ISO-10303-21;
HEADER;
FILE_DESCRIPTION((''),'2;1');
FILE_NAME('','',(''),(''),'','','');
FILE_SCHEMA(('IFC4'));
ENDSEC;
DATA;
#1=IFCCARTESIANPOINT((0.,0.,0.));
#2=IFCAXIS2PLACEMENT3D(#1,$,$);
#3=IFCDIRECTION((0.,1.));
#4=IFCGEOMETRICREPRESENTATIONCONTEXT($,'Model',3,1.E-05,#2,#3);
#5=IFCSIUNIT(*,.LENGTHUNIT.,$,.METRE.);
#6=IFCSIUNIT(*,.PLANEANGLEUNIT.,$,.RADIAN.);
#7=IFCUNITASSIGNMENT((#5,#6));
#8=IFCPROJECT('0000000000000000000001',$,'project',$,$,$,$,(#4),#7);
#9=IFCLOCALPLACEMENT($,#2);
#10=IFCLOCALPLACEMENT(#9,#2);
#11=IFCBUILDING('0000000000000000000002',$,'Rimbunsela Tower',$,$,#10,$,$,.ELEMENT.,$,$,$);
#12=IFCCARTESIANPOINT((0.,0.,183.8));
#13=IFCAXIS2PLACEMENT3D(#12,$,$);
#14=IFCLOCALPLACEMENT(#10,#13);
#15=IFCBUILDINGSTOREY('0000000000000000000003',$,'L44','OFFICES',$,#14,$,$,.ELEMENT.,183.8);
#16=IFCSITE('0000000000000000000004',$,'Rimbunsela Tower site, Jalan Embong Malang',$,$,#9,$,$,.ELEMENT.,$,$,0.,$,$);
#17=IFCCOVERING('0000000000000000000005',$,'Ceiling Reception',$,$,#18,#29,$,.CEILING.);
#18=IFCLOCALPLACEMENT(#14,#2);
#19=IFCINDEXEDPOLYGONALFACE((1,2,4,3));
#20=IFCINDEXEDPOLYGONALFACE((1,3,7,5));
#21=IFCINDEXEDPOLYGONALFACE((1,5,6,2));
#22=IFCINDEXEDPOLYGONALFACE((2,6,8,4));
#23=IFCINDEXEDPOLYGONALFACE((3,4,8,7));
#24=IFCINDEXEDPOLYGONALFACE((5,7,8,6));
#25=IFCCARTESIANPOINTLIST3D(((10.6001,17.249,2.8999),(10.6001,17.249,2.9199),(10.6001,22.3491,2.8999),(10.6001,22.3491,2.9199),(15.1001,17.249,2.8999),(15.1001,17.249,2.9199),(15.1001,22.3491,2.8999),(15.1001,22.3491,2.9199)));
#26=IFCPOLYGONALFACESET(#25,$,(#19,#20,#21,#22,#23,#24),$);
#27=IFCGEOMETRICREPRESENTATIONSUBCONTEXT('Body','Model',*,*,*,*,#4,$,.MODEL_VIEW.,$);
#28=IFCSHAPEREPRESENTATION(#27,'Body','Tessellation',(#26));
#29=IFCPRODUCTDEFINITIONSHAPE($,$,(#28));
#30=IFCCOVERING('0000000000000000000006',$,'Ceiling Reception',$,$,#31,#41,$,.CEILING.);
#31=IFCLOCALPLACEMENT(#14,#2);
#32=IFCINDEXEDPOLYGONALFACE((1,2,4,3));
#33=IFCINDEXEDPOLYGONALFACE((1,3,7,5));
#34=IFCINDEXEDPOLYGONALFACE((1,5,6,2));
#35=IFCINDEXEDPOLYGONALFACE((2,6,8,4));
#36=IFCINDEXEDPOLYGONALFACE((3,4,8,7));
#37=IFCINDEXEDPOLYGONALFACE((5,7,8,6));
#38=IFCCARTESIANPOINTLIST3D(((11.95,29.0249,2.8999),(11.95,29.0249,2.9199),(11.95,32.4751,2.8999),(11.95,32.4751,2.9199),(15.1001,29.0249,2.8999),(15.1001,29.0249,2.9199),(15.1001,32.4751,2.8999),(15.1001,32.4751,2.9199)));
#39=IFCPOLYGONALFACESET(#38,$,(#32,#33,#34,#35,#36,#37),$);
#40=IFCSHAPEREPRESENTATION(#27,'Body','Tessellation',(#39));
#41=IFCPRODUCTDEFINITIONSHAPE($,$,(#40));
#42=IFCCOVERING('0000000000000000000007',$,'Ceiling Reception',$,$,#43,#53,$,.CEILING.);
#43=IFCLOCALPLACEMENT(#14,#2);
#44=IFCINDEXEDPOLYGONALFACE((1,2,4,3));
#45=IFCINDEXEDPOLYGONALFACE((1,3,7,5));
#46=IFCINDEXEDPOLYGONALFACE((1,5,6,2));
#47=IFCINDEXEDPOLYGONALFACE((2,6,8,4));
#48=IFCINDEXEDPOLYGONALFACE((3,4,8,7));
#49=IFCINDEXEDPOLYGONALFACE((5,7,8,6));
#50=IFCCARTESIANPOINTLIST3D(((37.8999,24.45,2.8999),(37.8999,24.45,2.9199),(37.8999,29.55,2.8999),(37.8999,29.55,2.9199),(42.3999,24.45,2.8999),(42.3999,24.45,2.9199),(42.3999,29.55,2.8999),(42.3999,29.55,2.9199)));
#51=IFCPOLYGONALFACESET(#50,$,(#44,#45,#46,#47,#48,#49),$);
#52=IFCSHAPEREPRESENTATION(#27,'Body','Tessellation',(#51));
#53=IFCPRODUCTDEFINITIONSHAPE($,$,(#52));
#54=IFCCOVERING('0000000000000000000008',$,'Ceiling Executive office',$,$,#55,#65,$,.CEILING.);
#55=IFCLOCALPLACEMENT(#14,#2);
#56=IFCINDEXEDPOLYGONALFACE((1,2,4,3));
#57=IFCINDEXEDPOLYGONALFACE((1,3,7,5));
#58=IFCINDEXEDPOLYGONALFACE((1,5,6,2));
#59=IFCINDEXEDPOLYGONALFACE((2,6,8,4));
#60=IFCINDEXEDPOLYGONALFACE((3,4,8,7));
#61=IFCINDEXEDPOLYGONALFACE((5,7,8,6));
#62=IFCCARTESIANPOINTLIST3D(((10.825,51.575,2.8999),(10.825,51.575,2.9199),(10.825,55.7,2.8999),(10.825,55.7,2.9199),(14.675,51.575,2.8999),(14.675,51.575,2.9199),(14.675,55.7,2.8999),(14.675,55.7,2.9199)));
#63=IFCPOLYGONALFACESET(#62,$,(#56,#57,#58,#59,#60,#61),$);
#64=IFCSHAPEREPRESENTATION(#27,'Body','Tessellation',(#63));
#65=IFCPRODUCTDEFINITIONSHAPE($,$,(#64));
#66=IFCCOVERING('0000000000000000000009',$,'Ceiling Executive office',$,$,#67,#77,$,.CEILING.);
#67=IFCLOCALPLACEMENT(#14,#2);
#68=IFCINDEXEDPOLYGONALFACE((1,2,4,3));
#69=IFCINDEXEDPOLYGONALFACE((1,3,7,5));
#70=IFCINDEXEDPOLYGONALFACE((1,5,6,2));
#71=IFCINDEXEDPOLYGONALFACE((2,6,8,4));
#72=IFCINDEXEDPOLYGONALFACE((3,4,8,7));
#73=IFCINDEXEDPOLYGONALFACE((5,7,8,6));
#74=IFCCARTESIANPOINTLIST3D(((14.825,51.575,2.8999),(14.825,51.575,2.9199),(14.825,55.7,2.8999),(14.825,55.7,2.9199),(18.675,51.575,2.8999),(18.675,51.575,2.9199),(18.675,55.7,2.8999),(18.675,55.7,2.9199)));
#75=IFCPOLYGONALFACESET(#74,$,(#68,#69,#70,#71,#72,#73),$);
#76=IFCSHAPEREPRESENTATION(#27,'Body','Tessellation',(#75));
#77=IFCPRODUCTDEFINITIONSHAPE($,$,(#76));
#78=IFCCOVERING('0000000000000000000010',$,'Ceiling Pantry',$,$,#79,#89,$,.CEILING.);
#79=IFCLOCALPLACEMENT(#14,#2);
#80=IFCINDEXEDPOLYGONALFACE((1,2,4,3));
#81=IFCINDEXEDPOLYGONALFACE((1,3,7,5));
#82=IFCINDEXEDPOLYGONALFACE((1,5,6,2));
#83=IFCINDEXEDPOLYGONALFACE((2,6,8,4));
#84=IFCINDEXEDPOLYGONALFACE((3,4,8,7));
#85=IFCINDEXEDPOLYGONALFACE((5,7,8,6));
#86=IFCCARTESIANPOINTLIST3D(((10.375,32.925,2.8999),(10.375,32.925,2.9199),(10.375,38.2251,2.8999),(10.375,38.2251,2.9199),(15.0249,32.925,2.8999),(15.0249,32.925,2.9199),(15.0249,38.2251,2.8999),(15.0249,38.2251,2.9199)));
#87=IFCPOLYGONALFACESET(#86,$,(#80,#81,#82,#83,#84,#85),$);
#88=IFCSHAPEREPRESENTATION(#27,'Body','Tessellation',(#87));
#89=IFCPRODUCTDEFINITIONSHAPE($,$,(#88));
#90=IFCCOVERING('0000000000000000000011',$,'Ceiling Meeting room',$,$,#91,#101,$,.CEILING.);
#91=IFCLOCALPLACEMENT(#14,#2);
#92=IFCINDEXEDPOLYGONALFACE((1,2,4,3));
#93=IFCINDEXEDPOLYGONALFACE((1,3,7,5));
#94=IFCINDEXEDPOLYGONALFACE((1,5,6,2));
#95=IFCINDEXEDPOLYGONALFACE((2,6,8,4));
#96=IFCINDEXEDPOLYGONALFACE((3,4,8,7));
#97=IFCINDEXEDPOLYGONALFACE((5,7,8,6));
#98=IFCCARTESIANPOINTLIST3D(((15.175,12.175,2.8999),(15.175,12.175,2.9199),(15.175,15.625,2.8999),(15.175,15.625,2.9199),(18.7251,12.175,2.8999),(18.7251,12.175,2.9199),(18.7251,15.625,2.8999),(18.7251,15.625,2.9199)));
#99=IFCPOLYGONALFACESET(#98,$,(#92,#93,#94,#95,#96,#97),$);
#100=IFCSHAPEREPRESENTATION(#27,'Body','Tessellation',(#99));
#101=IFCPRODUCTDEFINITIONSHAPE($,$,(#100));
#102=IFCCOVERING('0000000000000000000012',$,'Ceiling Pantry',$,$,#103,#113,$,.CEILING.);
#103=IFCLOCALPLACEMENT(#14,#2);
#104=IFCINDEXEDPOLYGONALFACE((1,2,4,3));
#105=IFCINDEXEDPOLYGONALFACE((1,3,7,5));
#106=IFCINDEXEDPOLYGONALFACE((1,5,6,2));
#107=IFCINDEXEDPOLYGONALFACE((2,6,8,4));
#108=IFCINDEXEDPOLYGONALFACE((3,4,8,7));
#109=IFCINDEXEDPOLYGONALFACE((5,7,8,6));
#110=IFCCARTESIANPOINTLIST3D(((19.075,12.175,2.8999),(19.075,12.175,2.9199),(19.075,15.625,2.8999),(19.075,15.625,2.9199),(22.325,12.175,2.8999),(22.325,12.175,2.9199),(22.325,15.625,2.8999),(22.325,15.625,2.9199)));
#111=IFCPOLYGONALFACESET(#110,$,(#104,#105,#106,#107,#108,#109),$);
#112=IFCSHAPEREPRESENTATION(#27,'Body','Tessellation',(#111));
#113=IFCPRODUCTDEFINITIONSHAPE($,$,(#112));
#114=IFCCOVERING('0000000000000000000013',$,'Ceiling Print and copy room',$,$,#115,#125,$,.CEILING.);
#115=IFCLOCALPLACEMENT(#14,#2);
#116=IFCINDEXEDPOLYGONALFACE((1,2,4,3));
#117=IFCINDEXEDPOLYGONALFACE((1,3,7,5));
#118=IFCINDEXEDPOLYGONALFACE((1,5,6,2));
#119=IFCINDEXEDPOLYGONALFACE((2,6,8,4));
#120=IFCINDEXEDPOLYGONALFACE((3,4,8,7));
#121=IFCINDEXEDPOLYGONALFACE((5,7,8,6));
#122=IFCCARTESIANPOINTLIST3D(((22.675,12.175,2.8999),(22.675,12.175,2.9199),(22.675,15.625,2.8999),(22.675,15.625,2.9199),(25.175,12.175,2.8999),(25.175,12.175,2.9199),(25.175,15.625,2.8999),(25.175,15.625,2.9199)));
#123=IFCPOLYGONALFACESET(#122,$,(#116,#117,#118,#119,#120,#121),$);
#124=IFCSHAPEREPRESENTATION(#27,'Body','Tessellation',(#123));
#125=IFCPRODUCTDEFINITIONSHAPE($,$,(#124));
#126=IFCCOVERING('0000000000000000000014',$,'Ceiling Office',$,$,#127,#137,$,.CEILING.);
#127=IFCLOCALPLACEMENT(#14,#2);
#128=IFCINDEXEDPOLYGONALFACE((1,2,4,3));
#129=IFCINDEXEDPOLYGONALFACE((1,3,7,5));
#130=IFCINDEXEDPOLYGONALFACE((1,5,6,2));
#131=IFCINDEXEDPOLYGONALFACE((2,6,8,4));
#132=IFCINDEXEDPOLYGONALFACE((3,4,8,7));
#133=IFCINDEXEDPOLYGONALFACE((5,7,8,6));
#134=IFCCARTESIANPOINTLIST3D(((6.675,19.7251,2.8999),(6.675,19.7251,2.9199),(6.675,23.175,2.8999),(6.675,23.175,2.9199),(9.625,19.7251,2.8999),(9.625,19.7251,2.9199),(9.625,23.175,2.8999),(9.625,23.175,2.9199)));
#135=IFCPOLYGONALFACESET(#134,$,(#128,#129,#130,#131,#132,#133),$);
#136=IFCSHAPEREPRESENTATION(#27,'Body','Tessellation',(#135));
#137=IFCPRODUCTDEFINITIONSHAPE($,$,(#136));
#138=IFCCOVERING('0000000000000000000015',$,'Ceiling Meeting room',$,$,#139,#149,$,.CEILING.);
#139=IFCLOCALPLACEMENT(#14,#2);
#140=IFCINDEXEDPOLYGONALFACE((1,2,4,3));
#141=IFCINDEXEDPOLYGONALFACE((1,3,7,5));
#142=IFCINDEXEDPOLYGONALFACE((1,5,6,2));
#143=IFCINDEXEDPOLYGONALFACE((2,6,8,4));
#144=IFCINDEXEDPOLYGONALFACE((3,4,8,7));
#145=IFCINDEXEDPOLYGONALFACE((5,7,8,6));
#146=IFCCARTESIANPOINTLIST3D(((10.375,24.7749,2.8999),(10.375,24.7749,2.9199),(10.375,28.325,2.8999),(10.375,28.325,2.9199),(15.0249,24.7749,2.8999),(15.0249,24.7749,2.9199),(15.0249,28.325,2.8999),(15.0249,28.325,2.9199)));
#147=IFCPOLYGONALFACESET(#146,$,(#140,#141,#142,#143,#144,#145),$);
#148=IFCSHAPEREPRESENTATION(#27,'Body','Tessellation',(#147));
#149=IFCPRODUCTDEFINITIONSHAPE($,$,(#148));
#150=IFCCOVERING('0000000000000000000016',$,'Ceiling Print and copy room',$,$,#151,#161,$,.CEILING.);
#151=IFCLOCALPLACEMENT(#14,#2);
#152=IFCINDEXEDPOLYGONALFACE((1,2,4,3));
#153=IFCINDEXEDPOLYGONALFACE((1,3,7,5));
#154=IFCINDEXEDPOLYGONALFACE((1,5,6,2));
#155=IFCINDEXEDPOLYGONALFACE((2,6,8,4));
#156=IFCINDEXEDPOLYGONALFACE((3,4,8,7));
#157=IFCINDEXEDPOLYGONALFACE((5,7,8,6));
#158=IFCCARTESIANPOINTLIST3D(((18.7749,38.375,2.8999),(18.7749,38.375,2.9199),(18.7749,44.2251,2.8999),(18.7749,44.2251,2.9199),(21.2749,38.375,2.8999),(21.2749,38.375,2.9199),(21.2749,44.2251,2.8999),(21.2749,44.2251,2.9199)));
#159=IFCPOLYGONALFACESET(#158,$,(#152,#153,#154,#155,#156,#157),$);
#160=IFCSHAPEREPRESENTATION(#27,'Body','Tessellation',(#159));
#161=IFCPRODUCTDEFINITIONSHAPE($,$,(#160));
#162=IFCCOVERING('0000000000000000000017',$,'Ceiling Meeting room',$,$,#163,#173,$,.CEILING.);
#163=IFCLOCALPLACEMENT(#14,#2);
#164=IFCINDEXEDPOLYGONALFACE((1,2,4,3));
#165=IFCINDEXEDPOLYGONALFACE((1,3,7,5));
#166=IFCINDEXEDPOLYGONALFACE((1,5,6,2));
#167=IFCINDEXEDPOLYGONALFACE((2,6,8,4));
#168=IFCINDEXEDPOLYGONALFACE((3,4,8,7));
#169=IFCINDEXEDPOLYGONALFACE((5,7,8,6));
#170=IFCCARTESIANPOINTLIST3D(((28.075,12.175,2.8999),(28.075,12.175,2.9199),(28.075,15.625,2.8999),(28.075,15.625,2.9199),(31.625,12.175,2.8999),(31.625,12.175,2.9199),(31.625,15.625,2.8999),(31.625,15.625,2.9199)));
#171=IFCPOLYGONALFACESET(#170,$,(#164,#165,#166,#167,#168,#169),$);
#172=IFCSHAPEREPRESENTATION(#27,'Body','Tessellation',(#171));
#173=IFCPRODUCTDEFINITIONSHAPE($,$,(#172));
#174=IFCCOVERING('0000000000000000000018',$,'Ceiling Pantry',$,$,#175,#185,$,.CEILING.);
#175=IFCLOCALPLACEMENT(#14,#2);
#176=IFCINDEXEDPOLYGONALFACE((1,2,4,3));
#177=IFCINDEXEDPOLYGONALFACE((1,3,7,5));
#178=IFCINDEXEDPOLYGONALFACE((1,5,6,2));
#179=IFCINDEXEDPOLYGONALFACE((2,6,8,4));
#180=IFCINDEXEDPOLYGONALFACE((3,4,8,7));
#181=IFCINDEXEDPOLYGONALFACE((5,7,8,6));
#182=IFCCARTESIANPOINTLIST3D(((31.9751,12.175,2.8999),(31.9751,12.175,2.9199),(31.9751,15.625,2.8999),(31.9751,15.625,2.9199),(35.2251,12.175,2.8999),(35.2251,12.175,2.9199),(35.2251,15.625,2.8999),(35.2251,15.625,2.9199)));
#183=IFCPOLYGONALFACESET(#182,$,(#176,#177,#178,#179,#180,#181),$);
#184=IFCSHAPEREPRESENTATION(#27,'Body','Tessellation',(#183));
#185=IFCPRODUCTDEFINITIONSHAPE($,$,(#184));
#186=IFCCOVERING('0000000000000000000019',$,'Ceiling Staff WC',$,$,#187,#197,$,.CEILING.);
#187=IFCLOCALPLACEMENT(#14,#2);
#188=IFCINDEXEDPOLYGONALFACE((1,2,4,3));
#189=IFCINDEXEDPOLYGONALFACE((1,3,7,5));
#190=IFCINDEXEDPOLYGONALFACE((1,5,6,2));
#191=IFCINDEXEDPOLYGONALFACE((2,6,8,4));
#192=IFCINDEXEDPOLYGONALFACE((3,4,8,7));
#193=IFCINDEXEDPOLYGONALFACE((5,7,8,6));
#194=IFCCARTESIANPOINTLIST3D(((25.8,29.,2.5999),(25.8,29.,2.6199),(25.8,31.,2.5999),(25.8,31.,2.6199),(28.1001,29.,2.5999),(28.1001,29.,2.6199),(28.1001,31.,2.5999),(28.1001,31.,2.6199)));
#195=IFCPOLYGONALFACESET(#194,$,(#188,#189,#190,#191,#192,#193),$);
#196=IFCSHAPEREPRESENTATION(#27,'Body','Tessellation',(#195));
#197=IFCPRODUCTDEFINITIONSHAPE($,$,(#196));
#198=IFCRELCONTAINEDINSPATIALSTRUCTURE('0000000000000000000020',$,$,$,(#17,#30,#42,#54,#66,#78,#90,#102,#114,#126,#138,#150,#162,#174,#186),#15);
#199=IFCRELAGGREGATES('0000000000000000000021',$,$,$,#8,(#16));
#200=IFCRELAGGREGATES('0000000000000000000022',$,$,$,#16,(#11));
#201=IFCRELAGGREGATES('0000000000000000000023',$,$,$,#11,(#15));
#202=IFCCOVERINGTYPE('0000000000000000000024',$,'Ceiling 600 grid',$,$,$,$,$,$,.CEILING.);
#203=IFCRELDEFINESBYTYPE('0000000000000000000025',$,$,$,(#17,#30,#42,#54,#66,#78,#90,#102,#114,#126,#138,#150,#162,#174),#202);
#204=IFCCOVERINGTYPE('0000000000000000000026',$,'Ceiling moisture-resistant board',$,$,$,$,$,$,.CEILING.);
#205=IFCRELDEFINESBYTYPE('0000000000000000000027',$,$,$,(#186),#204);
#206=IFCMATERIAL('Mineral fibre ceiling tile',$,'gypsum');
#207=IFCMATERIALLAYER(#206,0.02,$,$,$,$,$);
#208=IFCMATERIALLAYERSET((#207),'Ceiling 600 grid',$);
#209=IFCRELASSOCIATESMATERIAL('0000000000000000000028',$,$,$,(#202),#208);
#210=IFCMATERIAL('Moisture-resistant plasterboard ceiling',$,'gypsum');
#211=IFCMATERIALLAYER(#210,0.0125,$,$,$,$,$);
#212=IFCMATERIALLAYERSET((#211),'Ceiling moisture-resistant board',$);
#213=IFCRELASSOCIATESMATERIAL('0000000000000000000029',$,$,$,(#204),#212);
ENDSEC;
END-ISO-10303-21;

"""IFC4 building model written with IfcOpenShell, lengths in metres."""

from ifc_helpers import new_model, si_unit, direction, frame, origin, place, context, subcontext, project, spatial, polyline, outline, extrude, material, layer, layer_set, type_object, element, save


model = new_model("IFC4")

# Units and contexts
model_context = context("Model", 3, precision=1e-05, world=origin(), true_north=direction((0.0, 1.0)))
body_context = subcontext(model_context, "Body", "Model", "MODEL_VIEW")
ifc_project = project(units=[si_unit("LENGTHUNIT", "METRE"), si_unit("PLANEANGLEUNIT", "RADIAN")], contexts=[model_context])

# Site, building, storey
site_placement = place(None, origin())
site = spatial("IfcSite", under=ifc_project, at=site_placement, Name="Rimbunsela Tower site, Jalan Embong Malang", CompositionType="ELEMENT", RefElevation=0.0)
building_placement = place(site_placement, origin())
building = spatial("IfcBuilding", under=site, at=building_placement, Name="Rimbunsela Tower", CompositionType="ELEMENT")
storey_placement = place(building_placement, frame((0.0, 0.0, 183.8)))
storey = spatial("IfcBuildingStorey", under=building, at=storey_placement, Name="L44", Description="OFFICES", CompositionType="ELEMENT", Elevation=183.8)

# Coverings
ifc_material_1 = material(Name="Mineral fibre ceiling tile", Category="gypsum")
ifc_layer_1 = layer(ifc_material_1, 0.02)
ifc_layer_set_1 = layer_set([ifc_layer_1], Name="Ceiling 600 grid")
covering_type_1 = type_object("IfcCoveringType", Name="Ceiling 600 grid", PredefinedType="CEILING", material=ifc_layer_set_1)
covering_1_placement = place(storey_placement, frame((0.0, 0.0, 2.8999)))
element("IfcCovering", 1, at=covering_1_placement, inside=storey, type_object=covering_type_1, Name="Ceiling Reception", PredefinedType="CEILING", context=body_context, shape_type="SweptSolid", body=[
    extrude(outline(polyline([(15.1001, 17.249), (15.1001, 22.3491), (10.6001, 22.3491), (10.6001, 17.249), (15.1001, 17.249)])), origin(), (0.0, 0.0, 1.0), 0.02),
])
covering_2_placement = place(storey_placement, frame((0.0, 0.0, 2.8999)))
element("IfcCovering", 2, at=covering_2_placement, inside=storey, type_object=covering_type_1, Name="Ceiling Reception", PredefinedType="CEILING", context=body_context, shape_type="SweptSolid", body=[
    extrude(outline(polyline([(15.1001, 29.0249), (15.1001, 32.4751), (11.95, 32.4751), (11.95, 29.0249), (15.1001, 29.0249)])), origin(), (0.0, 0.0, 1.0), 0.02),
])
covering_3_placement = place(storey_placement, frame((0.0, 0.0, 2.8999)))
element("IfcCovering", 3, at=covering_3_placement, inside=storey, type_object=covering_type_1, Name="Ceiling Reception", PredefinedType="CEILING", context=body_context, shape_type="SweptSolid", body=[
    extrude(outline(polyline([(42.3999, 24.45), (42.3999, 29.55), (37.8999, 29.55), (37.8999, 24.45), (42.3999, 24.45)])), origin(), (0.0, 0.0, 1.0), 0.02),
])
covering_4_placement = place(storey_placement, frame((0.0, 0.0, 2.8999)))
element("IfcCovering", 4, at=covering_4_placement, inside=storey, type_object=covering_type_1, Name="Ceiling Executive office", PredefinedType="CEILING", context=body_context, shape_type="SweptSolid", body=[
    extrude(outline(polyline([(14.675, 51.575), (14.675, 55.7), (10.825, 55.7), (10.825, 51.575), (14.675, 51.575)])), origin(), (0.0, 0.0, 1.0), 0.02),
])
covering_5_placement = place(storey_placement, frame((0.0, 0.0, 2.8999)))
element("IfcCovering", 5, at=covering_5_placement, inside=storey, type_object=covering_type_1, Name="Ceiling Executive office", PredefinedType="CEILING", context=body_context, shape_type="SweptSolid", body=[
    extrude(outline(polyline([(18.675, 51.575), (18.675, 55.7), (14.825, 55.7), (14.825, 51.575), (18.675, 51.575)])), origin(), (0.0, 0.0, 1.0), 0.02),
])
covering_6_placement = place(storey_placement, frame((0.0, 0.0, 2.8999)))
element("IfcCovering", 6, at=covering_6_placement, inside=storey, type_object=covering_type_1, Name="Ceiling Pantry", PredefinedType="CEILING", context=body_context, shape_type="SweptSolid", body=[
    extrude(outline(polyline([(15.0249, 32.925), (15.0249, 38.2251), (10.375, 38.2251), (10.375, 32.925), (15.0249, 32.925)])), origin(), (0.0, 0.0, 1.0), 0.02),
])
covering_7_placement = place(storey_placement, frame((0.0, 0.0, 2.8999)))
element("IfcCovering", 7, at=covering_7_placement, inside=storey, type_object=covering_type_1, Name="Ceiling Meeting room", PredefinedType="CEILING", context=body_context, shape_type="SweptSolid", body=[
    extrude(outline(polyline([(18.7251, 12.175), (18.7251, 15.625), (15.175, 15.625), (15.175, 12.175), (18.7251, 12.175)])), origin(), (0.0, 0.0, 1.0), 0.02),
])
covering_8_placement = place(storey_placement, frame((0.0, 0.0, 2.8999)))
element("IfcCovering", 8, at=covering_8_placement, inside=storey, type_object=covering_type_1, Name="Ceiling Pantry", PredefinedType="CEILING", context=body_context, shape_type="SweptSolid", body=[
    extrude(outline(polyline([(22.325, 12.175), (22.325, 15.625), (19.075, 15.625), (19.075, 12.175), (22.325, 12.175)])), origin(), (0.0, 0.0, 1.0), 0.02),
])
covering_9_placement = place(storey_placement, frame((0.0, 0.0, 2.8999)))
element("IfcCovering", 9, at=covering_9_placement, inside=storey, type_object=covering_type_1, Name="Ceiling Print and copy room", PredefinedType="CEILING", context=body_context, shape_type="SweptSolid", body=[
    extrude(outline(polyline([(25.175, 12.175), (25.175, 15.625), (22.675, 15.625), (22.675, 12.175), (25.175, 12.175)])), origin(), (0.0, 0.0, 1.0), 0.02),
])
covering_10_placement = place(storey_placement, frame((0.0, 0.0, 2.8999)))
element("IfcCovering", 10, at=covering_10_placement, inside=storey, type_object=covering_type_1, Name="Ceiling Office", PredefinedType="CEILING", context=body_context, shape_type="SweptSolid", body=[
    extrude(outline(polyline([(9.625, 19.7251), (9.625, 23.175), (6.675, 23.175), (6.675, 19.7251), (9.625, 19.7251)])), origin(), (0.0, 0.0, 1.0), 0.02),
])
covering_11_placement = place(storey_placement, frame((0.0, 0.0, 2.8999)))
element("IfcCovering", 11, at=covering_11_placement, inside=storey, type_object=covering_type_1, Name="Ceiling Meeting room", PredefinedType="CEILING", context=body_context, shape_type="SweptSolid", body=[
    extrude(outline(polyline([(15.0249, 24.7749), (15.0249, 28.325), (10.375, 28.325), (10.375, 24.7749), (15.0249, 24.7749)])), origin(), (0.0, 0.0, 1.0), 0.02),
])
covering_12_placement = place(storey_placement, frame((0.0, 0.0, 2.8999)))
element("IfcCovering", 12, at=covering_12_placement, inside=storey, type_object=covering_type_1, Name="Ceiling Print and copy room", PredefinedType="CEILING", context=body_context, shape_type="SweptSolid", body=[
    extrude(outline(polyline([(21.2749, 38.375), (21.2749, 44.2251), (18.7749, 44.2251), (18.7749, 38.375), (21.2749, 38.375)])), origin(), (0.0, 0.0, 1.0), 0.02),
])
covering_13_placement = place(storey_placement, frame((0.0, 0.0, 2.8999)))
element("IfcCovering", 13, at=covering_13_placement, inside=storey, type_object=covering_type_1, Name="Ceiling Meeting room", PredefinedType="CEILING", context=body_context, shape_type="SweptSolid", body=[
    extrude(outline(polyline([(31.625, 12.175), (31.625, 15.625), (28.075, 15.625), (28.075, 12.175), (31.625, 12.175)])), origin(), (0.0, 0.0, 1.0), 0.02),
])
covering_14_placement = place(storey_placement, frame((0.0, 0.0, 2.8999)))
element("IfcCovering", 14, at=covering_14_placement, inside=storey, type_object=covering_type_1, Name="Ceiling Pantry", PredefinedType="CEILING", context=body_context, shape_type="SweptSolid", body=[
    extrude(outline(polyline([(35.2251, 12.175), (35.2251, 15.625), (31.9751, 15.625), (31.9751, 12.175), (35.2251, 12.175)])), origin(), (0.0, 0.0, 1.0), 0.02),
])
ifc_material_2 = material(Name="Moisture-resistant plasterboard ceiling", Category="gypsum")
ifc_layer_2 = layer(ifc_material_2, 0.0125)
ifc_layer_set_2 = layer_set([ifc_layer_2], Name="Ceiling moisture-resistant board")
covering_type_2 = type_object("IfcCoveringType", Name="Ceiling moisture-resistant board", PredefinedType="CEILING", material=ifc_layer_set_2)
covering_15_placement = place(storey_placement, frame((0.0, 0.0, 2.5999)))
element("IfcCovering", 15, at=covering_15_placement, inside=storey, type_object=covering_type_2, Name="Ceiling Staff WC", PredefinedType="CEILING", context=body_context, shape_type="SweptSolid", body=[
    extrude(outline(polyline([(28.1001, 29.0), (28.1001, 31.0), (25.8, 31.0), (25.8, 29.0), (28.1001, 29.0)])), origin(), (0.0, 0.0, 1.0), 0.02),
])

save(model, "model.ifc")
